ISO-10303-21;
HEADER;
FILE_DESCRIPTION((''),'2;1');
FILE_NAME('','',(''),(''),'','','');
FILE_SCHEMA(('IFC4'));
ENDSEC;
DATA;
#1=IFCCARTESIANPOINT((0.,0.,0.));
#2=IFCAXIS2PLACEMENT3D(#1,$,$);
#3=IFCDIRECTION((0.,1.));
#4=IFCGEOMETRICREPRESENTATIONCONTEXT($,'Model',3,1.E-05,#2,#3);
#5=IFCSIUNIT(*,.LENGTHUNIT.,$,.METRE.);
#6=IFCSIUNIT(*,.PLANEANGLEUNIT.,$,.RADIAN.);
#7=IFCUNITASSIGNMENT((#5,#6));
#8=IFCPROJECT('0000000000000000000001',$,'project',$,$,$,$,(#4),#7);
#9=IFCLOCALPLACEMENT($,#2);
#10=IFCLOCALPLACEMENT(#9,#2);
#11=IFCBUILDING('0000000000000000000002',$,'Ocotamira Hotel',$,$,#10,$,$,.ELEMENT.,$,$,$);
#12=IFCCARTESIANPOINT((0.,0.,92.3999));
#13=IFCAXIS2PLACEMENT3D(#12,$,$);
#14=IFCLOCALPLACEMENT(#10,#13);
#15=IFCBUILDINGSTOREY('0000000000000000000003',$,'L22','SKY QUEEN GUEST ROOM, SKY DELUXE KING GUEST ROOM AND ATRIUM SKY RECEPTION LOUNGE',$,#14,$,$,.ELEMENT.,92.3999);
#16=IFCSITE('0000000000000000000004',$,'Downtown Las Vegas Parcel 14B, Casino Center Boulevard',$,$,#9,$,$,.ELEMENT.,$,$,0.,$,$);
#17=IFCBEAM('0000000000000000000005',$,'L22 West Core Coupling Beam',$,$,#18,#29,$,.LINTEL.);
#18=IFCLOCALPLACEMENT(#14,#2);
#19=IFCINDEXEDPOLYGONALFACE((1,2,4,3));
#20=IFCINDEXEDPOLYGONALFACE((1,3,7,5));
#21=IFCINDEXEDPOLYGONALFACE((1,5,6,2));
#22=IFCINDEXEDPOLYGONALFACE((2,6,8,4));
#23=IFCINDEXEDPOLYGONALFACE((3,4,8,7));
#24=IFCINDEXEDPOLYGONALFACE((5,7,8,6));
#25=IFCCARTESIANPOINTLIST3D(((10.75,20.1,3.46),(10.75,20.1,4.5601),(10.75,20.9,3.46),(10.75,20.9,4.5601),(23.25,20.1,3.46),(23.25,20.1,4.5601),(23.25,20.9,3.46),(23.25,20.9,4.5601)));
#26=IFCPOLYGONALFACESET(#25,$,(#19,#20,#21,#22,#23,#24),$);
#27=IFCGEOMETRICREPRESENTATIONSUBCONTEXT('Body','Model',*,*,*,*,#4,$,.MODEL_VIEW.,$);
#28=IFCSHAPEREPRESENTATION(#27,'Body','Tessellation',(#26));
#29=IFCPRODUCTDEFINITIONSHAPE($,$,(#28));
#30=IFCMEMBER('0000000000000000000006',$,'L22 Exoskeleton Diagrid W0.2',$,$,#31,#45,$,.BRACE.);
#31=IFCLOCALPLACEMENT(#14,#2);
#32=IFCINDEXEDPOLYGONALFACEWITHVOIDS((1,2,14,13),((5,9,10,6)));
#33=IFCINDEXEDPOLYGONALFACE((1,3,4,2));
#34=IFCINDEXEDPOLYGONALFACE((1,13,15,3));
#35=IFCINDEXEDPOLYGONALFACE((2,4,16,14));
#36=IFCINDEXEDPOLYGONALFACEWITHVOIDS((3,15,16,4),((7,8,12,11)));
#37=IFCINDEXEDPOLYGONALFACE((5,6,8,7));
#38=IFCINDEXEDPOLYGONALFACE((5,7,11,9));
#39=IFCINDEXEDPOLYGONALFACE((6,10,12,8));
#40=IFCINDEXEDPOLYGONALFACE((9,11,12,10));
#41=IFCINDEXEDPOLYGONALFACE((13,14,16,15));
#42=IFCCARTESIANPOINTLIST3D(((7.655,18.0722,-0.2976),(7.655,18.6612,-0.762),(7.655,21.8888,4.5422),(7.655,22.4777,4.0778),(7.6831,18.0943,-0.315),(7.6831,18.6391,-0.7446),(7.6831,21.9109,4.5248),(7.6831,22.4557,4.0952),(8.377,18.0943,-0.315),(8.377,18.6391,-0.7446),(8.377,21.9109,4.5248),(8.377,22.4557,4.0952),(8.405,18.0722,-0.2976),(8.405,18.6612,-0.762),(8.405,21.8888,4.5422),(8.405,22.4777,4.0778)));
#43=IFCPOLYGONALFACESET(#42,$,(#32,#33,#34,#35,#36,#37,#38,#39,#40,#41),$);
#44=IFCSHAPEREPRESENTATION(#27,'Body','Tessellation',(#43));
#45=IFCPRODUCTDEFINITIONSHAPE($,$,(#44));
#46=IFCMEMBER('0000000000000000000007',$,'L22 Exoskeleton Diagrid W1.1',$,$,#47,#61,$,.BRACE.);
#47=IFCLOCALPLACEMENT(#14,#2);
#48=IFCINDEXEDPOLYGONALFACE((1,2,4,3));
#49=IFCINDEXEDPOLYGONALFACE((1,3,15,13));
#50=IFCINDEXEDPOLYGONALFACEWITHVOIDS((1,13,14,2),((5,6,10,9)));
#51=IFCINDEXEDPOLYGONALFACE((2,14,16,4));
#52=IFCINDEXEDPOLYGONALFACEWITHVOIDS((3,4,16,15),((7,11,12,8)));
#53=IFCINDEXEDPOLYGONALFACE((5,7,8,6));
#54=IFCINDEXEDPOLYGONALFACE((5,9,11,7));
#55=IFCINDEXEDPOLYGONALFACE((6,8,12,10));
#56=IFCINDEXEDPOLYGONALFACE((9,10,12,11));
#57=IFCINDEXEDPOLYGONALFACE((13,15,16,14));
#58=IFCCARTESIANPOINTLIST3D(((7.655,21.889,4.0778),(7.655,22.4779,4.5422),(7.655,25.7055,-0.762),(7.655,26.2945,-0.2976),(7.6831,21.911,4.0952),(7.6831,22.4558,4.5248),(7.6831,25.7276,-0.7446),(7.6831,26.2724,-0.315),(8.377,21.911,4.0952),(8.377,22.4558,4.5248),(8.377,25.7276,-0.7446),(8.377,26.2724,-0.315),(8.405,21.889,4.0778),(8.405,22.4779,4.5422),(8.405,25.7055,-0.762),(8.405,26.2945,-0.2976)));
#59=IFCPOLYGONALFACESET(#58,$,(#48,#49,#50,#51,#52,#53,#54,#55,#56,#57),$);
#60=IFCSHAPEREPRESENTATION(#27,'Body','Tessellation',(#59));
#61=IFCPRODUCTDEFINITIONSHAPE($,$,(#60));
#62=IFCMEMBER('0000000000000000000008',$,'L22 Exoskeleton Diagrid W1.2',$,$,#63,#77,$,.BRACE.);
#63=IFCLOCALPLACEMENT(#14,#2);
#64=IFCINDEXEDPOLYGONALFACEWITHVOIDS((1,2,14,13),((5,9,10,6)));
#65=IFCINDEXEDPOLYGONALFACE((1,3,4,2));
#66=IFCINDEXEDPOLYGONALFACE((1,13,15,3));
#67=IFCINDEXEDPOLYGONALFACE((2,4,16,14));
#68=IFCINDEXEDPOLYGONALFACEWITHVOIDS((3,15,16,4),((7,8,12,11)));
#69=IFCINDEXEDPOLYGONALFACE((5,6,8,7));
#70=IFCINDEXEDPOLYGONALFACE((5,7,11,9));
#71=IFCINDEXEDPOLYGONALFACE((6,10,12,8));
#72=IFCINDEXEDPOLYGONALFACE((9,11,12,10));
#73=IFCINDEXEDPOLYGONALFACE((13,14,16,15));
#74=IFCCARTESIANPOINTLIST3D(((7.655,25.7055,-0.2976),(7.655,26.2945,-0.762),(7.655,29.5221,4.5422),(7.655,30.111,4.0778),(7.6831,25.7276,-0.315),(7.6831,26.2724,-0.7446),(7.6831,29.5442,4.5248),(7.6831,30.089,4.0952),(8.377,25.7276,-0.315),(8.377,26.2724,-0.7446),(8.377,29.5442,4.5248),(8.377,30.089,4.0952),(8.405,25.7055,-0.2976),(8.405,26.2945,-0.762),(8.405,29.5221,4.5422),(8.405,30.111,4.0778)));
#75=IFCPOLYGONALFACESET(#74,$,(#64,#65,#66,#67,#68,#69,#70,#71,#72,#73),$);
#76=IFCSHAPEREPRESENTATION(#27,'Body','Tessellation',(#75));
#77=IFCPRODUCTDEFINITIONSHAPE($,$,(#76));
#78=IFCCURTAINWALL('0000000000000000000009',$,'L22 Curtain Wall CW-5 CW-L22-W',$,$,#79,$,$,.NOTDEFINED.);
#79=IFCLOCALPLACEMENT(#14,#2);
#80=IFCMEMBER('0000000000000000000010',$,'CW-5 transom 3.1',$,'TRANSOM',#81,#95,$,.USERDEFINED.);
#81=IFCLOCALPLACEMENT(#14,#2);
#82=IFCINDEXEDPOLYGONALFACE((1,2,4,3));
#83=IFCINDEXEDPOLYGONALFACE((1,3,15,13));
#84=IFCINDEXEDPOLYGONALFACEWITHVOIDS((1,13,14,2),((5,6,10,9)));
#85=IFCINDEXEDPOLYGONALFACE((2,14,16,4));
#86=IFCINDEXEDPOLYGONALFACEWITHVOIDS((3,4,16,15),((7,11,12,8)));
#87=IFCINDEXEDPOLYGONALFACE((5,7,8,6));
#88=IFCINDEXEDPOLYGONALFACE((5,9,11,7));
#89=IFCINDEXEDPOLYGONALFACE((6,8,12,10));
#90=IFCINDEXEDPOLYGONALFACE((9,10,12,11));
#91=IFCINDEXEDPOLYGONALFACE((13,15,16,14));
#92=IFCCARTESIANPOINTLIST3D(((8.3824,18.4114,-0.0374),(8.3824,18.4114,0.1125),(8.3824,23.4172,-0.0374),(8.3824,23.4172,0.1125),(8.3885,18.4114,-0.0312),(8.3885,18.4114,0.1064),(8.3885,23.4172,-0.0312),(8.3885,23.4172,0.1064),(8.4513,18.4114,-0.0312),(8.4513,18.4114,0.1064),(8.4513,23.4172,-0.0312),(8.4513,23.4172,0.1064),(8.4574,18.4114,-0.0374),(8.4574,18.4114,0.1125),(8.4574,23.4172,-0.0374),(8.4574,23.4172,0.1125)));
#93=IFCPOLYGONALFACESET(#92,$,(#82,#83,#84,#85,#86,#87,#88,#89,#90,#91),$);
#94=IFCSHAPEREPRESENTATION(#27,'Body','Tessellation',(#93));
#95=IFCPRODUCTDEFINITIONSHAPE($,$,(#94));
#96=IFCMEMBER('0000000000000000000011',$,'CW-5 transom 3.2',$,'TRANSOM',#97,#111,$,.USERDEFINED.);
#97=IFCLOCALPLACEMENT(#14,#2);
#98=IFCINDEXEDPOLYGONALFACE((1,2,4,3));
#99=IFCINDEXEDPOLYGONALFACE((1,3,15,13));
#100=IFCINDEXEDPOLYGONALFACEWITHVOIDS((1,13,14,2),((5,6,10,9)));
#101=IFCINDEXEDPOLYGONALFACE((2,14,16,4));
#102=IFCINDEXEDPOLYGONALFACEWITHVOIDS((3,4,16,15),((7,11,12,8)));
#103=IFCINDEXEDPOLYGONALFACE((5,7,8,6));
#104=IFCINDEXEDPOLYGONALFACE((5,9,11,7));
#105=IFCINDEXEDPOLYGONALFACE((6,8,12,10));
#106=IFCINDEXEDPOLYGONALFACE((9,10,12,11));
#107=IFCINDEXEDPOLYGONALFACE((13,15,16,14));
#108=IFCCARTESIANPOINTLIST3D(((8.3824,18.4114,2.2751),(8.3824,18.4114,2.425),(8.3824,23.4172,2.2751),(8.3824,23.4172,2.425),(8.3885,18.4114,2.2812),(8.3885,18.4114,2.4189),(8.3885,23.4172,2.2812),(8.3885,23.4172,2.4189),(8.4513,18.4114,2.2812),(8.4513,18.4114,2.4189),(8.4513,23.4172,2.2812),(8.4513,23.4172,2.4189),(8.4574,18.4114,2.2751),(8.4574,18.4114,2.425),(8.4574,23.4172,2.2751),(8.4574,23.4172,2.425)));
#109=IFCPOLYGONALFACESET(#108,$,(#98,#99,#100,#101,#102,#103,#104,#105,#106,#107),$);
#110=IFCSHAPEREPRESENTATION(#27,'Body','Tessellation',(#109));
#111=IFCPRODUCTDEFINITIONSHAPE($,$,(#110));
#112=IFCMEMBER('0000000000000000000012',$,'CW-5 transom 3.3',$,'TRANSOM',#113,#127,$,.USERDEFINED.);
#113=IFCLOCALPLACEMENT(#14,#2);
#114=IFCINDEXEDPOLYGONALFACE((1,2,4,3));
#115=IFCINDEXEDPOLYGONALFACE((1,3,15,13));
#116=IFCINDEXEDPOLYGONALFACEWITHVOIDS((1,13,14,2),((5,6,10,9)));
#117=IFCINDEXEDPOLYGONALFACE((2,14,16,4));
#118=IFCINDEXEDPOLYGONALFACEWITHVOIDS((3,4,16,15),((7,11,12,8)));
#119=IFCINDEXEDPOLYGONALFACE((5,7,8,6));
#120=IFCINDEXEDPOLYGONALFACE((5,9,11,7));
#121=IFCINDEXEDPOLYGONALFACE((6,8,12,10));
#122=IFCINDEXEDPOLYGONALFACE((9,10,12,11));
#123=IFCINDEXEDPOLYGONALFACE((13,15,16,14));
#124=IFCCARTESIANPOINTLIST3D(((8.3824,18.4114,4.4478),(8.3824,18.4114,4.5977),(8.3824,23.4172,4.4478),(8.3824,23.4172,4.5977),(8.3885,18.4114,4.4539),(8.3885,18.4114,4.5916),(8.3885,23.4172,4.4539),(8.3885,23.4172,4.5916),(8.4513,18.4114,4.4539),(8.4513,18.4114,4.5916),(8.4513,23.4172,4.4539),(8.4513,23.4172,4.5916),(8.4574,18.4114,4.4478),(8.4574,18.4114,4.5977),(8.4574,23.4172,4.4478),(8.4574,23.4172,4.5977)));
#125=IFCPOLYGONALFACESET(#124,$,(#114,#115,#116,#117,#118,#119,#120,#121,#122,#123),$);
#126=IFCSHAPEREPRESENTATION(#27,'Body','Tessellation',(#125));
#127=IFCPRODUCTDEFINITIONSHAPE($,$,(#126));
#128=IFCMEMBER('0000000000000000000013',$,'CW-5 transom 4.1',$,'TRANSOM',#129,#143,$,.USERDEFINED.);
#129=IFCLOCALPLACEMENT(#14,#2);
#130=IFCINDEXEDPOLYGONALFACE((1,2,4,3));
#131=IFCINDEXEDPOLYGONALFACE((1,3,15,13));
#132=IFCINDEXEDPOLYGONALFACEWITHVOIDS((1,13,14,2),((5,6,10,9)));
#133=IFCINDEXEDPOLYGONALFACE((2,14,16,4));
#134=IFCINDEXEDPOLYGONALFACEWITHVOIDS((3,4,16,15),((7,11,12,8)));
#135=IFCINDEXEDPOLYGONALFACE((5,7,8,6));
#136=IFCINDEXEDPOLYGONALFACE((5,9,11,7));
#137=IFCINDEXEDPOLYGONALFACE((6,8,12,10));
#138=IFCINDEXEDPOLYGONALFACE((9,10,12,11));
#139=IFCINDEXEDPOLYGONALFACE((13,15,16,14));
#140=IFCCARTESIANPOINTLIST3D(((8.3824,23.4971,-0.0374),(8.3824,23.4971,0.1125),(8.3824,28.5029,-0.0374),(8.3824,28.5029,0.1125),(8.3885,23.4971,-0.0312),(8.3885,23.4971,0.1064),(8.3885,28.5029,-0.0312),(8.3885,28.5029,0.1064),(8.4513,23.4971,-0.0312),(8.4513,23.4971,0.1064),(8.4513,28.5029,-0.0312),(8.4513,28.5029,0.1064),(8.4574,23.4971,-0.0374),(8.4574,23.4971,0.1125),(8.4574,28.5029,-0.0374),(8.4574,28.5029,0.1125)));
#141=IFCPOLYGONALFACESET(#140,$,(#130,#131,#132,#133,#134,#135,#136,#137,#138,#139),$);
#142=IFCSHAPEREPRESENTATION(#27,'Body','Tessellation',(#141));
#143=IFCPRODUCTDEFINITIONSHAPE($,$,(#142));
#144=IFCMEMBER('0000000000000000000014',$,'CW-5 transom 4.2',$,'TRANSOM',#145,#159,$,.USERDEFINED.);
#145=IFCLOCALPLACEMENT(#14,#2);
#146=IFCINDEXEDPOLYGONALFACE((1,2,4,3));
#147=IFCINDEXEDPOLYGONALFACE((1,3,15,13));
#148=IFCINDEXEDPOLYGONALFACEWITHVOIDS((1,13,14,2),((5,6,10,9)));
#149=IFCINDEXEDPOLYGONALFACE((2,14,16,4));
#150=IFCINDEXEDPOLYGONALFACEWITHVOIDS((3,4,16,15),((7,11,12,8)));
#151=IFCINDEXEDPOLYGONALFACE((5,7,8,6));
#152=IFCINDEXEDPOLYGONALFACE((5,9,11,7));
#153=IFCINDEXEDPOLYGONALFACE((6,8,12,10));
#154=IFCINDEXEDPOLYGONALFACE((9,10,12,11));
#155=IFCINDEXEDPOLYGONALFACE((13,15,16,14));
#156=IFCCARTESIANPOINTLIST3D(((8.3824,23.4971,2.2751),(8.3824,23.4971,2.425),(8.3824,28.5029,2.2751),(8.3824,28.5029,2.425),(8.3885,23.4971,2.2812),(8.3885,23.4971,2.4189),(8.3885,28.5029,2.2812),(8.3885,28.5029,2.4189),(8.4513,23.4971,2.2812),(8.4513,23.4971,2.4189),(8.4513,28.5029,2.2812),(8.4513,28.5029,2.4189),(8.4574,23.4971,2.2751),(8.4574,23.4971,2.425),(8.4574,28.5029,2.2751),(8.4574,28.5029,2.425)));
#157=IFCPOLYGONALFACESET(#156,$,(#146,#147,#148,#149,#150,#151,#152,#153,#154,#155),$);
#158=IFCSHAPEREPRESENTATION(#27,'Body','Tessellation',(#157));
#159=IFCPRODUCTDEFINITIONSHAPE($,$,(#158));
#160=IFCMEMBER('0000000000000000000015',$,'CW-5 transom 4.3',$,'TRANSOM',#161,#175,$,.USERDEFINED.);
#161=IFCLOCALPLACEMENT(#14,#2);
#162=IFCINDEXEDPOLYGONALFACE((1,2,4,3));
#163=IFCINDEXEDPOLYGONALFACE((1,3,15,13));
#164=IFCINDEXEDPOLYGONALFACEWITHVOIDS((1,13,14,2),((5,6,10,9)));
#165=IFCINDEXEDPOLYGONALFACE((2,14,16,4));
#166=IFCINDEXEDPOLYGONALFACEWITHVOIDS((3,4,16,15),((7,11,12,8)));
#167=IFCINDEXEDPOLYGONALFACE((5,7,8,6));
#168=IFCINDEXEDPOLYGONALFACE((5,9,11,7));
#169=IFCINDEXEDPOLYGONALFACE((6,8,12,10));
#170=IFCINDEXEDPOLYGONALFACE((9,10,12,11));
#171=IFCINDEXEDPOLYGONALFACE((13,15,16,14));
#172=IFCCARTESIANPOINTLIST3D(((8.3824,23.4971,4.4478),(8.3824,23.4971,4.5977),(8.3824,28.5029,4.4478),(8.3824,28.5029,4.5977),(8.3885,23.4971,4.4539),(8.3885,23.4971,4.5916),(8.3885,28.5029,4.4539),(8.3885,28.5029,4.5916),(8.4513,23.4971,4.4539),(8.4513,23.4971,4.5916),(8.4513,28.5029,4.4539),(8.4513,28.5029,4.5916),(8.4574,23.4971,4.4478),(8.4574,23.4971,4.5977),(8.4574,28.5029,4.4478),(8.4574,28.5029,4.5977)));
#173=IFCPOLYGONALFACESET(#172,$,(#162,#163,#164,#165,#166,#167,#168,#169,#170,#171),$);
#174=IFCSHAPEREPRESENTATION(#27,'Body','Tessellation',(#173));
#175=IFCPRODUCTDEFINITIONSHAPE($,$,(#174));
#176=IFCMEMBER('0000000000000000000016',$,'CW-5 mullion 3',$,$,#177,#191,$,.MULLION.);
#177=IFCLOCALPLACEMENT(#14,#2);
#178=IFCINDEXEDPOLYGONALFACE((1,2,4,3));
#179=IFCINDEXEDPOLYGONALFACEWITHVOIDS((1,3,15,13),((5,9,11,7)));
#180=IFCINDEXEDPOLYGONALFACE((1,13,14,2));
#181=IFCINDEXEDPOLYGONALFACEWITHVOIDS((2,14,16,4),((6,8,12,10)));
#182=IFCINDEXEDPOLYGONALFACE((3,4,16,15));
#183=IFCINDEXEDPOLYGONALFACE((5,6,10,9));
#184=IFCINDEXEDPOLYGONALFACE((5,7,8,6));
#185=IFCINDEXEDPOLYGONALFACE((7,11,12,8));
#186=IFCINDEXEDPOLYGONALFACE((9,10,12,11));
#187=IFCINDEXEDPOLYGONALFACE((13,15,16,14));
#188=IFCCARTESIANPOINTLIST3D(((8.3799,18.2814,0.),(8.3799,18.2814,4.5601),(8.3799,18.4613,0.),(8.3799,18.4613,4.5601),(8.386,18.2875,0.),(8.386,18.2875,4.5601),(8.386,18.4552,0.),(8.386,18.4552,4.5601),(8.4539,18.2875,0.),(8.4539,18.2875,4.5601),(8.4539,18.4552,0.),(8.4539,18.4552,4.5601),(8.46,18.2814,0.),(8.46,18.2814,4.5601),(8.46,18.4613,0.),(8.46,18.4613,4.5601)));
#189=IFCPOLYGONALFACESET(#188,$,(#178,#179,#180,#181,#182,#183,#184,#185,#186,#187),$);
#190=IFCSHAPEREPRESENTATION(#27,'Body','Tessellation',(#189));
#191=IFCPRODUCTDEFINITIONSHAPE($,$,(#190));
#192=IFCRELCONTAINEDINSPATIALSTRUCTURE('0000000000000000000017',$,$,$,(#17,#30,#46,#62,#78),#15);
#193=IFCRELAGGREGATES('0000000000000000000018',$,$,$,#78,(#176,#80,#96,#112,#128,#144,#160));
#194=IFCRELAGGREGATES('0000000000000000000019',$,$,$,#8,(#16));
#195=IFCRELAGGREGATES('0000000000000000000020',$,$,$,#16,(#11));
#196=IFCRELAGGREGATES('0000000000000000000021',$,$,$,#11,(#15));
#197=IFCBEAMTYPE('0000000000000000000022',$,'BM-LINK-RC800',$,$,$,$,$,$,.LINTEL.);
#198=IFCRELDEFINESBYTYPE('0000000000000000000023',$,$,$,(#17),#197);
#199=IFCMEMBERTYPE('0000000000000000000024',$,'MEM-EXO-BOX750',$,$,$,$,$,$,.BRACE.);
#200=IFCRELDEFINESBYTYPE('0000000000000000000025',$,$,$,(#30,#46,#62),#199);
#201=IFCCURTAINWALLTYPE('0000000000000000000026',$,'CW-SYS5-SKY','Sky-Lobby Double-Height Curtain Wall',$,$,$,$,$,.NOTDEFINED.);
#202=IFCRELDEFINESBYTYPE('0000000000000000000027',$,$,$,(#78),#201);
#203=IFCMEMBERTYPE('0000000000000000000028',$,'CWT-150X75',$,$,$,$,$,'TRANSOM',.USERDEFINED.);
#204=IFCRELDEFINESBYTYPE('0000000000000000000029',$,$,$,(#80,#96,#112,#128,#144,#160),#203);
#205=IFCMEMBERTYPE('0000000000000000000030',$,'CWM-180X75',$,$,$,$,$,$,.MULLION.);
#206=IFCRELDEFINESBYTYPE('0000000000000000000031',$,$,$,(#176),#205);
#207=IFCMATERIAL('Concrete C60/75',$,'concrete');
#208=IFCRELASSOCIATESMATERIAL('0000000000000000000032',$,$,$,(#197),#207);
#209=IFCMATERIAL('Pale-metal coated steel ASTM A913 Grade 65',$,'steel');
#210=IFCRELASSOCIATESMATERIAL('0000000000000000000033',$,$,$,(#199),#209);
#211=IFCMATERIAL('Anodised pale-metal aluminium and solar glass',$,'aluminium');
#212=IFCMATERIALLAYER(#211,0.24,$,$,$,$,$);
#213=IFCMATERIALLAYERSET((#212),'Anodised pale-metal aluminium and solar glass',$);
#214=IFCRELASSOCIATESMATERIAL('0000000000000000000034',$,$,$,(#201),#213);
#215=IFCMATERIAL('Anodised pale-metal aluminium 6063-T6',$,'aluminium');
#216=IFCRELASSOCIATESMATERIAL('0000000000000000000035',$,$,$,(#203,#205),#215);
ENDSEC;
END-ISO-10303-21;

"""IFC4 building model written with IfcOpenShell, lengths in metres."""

from ifc_helpers import new_model, si_unit, direction, frame, origin, origin_2d, place, context, subcontext, project, spatial, rectangle, hollow_rectangle, extrude, source, transform, mapped, material, layer, layer_set, material_profile, profile_set, type_object, element, aggregate, save


model = new_model("IFC4")

# Units and contexts
model_context = context("Model", 3, precision=1e-05, world=origin(), true_north=direction((0.0, 1.0)))
body_context = subcontext(model_context, "Body", "Model", "MODEL_VIEW")
ifc_project = project(units=[si_unit("LENGTHUNIT", "METRE"), si_unit("PLANEANGLEUNIT", "RADIAN")], contexts=[model_context])

# Site, building, storey
site_placement = place(None, origin())
site = spatial("IfcSite", under=ifc_project, at=site_placement, Name="Downtown Las Vegas Parcel 14B, Casino Center Boulevard", CompositionType="ELEMENT", RefElevation=0.0)
building_placement = place(site_placement, origin())
building = spatial("IfcBuilding", under=site, at=building_placement, Name="Ocotamira Hotel", CompositionType="ELEMENT")
storey_placement = place(building_placement, frame((0.0, 0.0, 92.3999)))
storey = spatial("IfcBuildingStorey", under=building, at=storey_placement, Name="L22", Description="SKY QUEEN GUEST ROOM, SKY DELUXE KING GUEST ROOM AND ATRIUM SKY RECEPTION LOUNGE", CompositionType="ELEMENT", Elevation=92.3999)

# Beam
ifc_material_1 = material(Name="Concrete C60/75", Category="concrete")
ifc_material_profile_1 = material_profile(ifc_material_1, rectangle(XDim=0.8, YDim=1.1001, at=origin_2d()), Name="RC800X1100")
ifc_profile_set_1 = profile_set([ifc_material_profile_1], Name="Concrete C60/75")
beam_type = type_object("IfcBeamType", Name="BM-LINK-RC800", PredefinedType="LINTEL", material=ifc_profile_set_1)
shared_shape_1 = source(origin(), body_context, "Body", "SweptSolid", [
    extrude(rectangle(XDim=0.8, YDim=1.1001, at=origin_2d()), origin(), (0.0, 0.0, 1.0), 12.5),
])
beam_placement = place(storey_placement, frame((10.75, 20.5, 4.01), z_axis=(1.0, 0.0, 0.0), x_axis=(0.0, 1.0, 0.0)))
element("IfcBeam", 1, at=beam_placement, inside=storey, type_object=beam_type, Name="L22 West Core Coupling Beam", PredefinedType="LINTEL", context=body_context, shape_type="MappedRepresentation", body=[
    mapped(shared_shape_1, transform((0.0, 0.0, 0.0), scale=1.0)),
])

# Members
ifc_material_2 = material(Name="Pale-metal coated steel ASTM A913 Grade 65", Category="steel")
ifc_material_profile_2 = material_profile(ifc_material_2, hollow_rectangle(XDim=0.75, YDim=0.75, WallThickness=0.0281, at=origin_2d()), Name="BOX750X750X28")
ifc_profile_set_2 = profile_set([ifc_material_profile_2], Name="Pale-metal coated steel ASTM A913 Grade 65")
member_type_1 = type_object("IfcMemberType", Name="MEM-EXO-BOX750", PredefinedType="BRACE", material=ifc_profile_set_2)
shared_shape_2 = source(origin(), body_context, "Body", "SweptSolid", [
    extrude(hollow_rectangle(XDim=0.75, YDim=0.75, WallThickness=0.0281, at=origin_2d()), origin(), (0.0, 0.0, 1.0), 6.1636),
])
for number, where, z_axis, x_axis, name in (
    (2, (8.03, 18.3667, -0.5298), (0.0, 0.619217, 0.78522), (-1.0, 0.0, 0.0), "L22 Exoskeleton Diagrid W0.2"),
    (3, (8.03, 26.0, -0.5298), (0.0, -0.619217, 0.78522), (1.0, 0.0, 0.0), "L22 Exoskeleton Diagrid W1.1"),
    (4, (8.03, 26.0, -0.5298), (0.0, 0.619217, 0.78522), (-1.0, 0.0, 0.0), "L22 Exoskeleton Diagrid W1.2"),
):
    element("IfcMember", number, at=place(storey_placement, frame(where, z_axis=z_axis, x_axis=x_axis)), inside=storey, type_object=member_type_1, Name=name, PredefinedType="BRACE", context=body_context, shape_type="MappedRepresentation", body=[
        mapped(shared_shape_2, transform((0.0, 0.0, 0.0), scale=1.0)),
    ])

# Curtain wall, members
ifc_material_3 = material(Name="Anodised pale-metal aluminium and solar glass", Category="aluminium")
ifc_layer_1 = layer(ifc_material_3, 0.24)
ifc_layer_set_1 = layer_set([ifc_layer_1], Name="Anodised pale-metal aluminium and solar glass")
curtain_wall_type = type_object("IfcCurtainWallType", Name="CW-SYS5-SKY", Description="Sky-Lobby Double-Height Curtain Wall", PredefinedType="NOTDEFINED", material=ifc_layer_set_1)
curtain_wall_placement = place(storey_placement, origin())
curtain_wall = element("IfcCurtainWall", 5, at=curtain_wall_placement, inside=storey, type_object=curtain_wall_type, Name="L22 Curtain Wall CW-5 CW-L22-W", PredefinedType="NOTDEFINED")
ifc_material_4 = material(Name="Anodised pale-metal aluminium 6063-T6", Category="aluminium")
ifc_material_profile_3 = material_profile(ifc_material_4, hollow_rectangle(XDim=0.075, YDim=0.1499, WallThickness=0.0061, at=origin_2d()), Name="HSS150X75X6")
ifc_profile_set_3 = profile_set([ifc_material_profile_3], Name="Anodised pale-metal aluminium 6063-T6")
member_type_2 = type_object("IfcMemberType", Name="CWT-150X75", ElementType="TRANSOM", PredefinedType="USERDEFINED", material=ifc_profile_set_3)
shared_shape_3 = source(origin(), body_context, "Body", "SweptSolid", [
    extrude(hollow_rectangle(XDim=0.075, YDim=0.1499, WallThickness=0.0061, at=origin_2d()), origin(), (0.0, 0.0, 1.0), 5.0059),
])
member_1_placement = place(storey_placement, frame((8.4199, 18.4114, 0.0376), z_axis=(0.0, 1.0, 0.0), x_axis=(-1.0, 0.0, 0.0)))
member_1 = element("IfcMember", 6, at=member_1_placement, type_object=member_type_2, Name="CW-5 transom 3.1", ObjectType="TRANSOM", PredefinedType="USERDEFINED", context=body_context, shape_type="MappedRepresentation", body=[
    mapped(shared_shape_3, transform((0.0, 0.0, 0.0), scale=1.0)),
])
member_2_placement = place(storey_placement, frame((8.4199, 18.4114, 2.3501), z_axis=(0.0, 1.0, 0.0), x_axis=(-1.0, 0.0, 0.0)))
member_2 = element("IfcMember", 7, at=member_2_placement, type_object=member_type_2, Name="CW-5 transom 3.2", ObjectType="TRANSOM", PredefinedType="USERDEFINED", context=body_context, shape_type="MappedRepresentation", body=[
    mapped(shared_shape_3, transform((0.0, 0.0, 0.0), scale=1.0)),
])
member_3_placement = place(storey_placement, frame((8.4199, 18.4114, 4.5227), z_axis=(0.0, 1.0, 0.0), x_axis=(-1.0, 0.0, 0.0)))
member_3 = element("IfcMember", 8, at=member_3_placement, type_object=member_type_2, Name="CW-5 transom 3.3", ObjectType="TRANSOM", PredefinedType="USERDEFINED", context=body_context, shape_type="MappedRepresentation", body=[
    mapped(shared_shape_3, transform((0.0, 0.0, 0.0), scale=1.0)),
])
member_4_placement = place(storey_placement, frame((8.4199, 23.4971, 0.0376), z_axis=(0.0, 1.0, 0.0), x_axis=(-1.0, 0.0, 0.0)))
member_4 = element("IfcMember", 9, at=member_4_placement, type_object=member_type_2, Name="CW-5 transom 4.1", ObjectType="TRANSOM", PredefinedType="USERDEFINED", context=body_context, shape_type="MappedRepresentation", body=[
    mapped(shared_shape_3, transform((0.0, 0.0, 0.0), scale=1.0)),
])
member_5_placement = place(storey_placement, frame((8.4199, 23.4971, 2.3501), z_axis=(0.0, 1.0, 0.0), x_axis=(-1.0, 0.0, 0.0)))
member_5 = element("IfcMember", 10, at=member_5_placement, type_object=member_type_2, Name="CW-5 transom 4.2", ObjectType="TRANSOM", PredefinedType="USERDEFINED", context=body_context, shape_type="MappedRepresentation", body=[
    mapped(shared_shape_3, transform((0.0, 0.0, 0.0), scale=1.0)),
])
member_6_placement = place(storey_placement, frame((8.4199, 23.4971, 4.5227), z_axis=(0.0, 1.0, 0.0), x_axis=(-1.0, 0.0, 0.0)))
member_6 = element("IfcMember", 11, at=member_6_placement, type_object=member_type_2, Name="CW-5 transom 4.3", ObjectType="TRANSOM", PredefinedType="USERDEFINED", context=body_context, shape_type="MappedRepresentation", body=[
    mapped(shared_shape_3, transform((0.0, 0.0, 0.0), scale=1.0)),
])
ifc_material_profile_4 = material_profile(ifc_material_4, hollow_rectangle(XDim=0.0801, YDim=0.1799, WallThickness=0.0061, at=origin_2d()), Name="HSS180X80X6")
ifc_profile_set_4 = profile_set([ifc_material_profile_4], Name="Anodised pale-metal aluminium 6063-T6")
member_type_3 = type_object("IfcMemberType", Name="CWM-180X75", PredefinedType="MULLION", material=ifc_profile_set_4)
shared_shape_4 = source(origin(), body_context, "Body", "SweptSolid", [
    extrude(hollow_rectangle(XDim=0.0801, YDim=0.1799, WallThickness=0.0061, at=origin_2d()), origin(), (0.0, 0.0, 1.0), 4.5601),
])
member_7_placement = place(storey_placement, frame((8.4199, 18.3713, 0.0), z_axis=(0.0, 0.0, 1.0), x_axis=(-1.0, 0.0, 0.0)))
member_7 = element("IfcMember", 12, at=member_7_placement, type_object=member_type_3, Name="CW-5 mullion 3", PredefinedType="MULLION", context=body_context, shape_type="MappedRepresentation", body=[
    mapped(shared_shape_4, transform((0.0, 0.0, 0.0), scale=1.0)),
])

aggregate(curtain_wall, [member_7, member_1, member_2, member_3, member_4, member_5, member_6])

save(model, "model.ifc")
